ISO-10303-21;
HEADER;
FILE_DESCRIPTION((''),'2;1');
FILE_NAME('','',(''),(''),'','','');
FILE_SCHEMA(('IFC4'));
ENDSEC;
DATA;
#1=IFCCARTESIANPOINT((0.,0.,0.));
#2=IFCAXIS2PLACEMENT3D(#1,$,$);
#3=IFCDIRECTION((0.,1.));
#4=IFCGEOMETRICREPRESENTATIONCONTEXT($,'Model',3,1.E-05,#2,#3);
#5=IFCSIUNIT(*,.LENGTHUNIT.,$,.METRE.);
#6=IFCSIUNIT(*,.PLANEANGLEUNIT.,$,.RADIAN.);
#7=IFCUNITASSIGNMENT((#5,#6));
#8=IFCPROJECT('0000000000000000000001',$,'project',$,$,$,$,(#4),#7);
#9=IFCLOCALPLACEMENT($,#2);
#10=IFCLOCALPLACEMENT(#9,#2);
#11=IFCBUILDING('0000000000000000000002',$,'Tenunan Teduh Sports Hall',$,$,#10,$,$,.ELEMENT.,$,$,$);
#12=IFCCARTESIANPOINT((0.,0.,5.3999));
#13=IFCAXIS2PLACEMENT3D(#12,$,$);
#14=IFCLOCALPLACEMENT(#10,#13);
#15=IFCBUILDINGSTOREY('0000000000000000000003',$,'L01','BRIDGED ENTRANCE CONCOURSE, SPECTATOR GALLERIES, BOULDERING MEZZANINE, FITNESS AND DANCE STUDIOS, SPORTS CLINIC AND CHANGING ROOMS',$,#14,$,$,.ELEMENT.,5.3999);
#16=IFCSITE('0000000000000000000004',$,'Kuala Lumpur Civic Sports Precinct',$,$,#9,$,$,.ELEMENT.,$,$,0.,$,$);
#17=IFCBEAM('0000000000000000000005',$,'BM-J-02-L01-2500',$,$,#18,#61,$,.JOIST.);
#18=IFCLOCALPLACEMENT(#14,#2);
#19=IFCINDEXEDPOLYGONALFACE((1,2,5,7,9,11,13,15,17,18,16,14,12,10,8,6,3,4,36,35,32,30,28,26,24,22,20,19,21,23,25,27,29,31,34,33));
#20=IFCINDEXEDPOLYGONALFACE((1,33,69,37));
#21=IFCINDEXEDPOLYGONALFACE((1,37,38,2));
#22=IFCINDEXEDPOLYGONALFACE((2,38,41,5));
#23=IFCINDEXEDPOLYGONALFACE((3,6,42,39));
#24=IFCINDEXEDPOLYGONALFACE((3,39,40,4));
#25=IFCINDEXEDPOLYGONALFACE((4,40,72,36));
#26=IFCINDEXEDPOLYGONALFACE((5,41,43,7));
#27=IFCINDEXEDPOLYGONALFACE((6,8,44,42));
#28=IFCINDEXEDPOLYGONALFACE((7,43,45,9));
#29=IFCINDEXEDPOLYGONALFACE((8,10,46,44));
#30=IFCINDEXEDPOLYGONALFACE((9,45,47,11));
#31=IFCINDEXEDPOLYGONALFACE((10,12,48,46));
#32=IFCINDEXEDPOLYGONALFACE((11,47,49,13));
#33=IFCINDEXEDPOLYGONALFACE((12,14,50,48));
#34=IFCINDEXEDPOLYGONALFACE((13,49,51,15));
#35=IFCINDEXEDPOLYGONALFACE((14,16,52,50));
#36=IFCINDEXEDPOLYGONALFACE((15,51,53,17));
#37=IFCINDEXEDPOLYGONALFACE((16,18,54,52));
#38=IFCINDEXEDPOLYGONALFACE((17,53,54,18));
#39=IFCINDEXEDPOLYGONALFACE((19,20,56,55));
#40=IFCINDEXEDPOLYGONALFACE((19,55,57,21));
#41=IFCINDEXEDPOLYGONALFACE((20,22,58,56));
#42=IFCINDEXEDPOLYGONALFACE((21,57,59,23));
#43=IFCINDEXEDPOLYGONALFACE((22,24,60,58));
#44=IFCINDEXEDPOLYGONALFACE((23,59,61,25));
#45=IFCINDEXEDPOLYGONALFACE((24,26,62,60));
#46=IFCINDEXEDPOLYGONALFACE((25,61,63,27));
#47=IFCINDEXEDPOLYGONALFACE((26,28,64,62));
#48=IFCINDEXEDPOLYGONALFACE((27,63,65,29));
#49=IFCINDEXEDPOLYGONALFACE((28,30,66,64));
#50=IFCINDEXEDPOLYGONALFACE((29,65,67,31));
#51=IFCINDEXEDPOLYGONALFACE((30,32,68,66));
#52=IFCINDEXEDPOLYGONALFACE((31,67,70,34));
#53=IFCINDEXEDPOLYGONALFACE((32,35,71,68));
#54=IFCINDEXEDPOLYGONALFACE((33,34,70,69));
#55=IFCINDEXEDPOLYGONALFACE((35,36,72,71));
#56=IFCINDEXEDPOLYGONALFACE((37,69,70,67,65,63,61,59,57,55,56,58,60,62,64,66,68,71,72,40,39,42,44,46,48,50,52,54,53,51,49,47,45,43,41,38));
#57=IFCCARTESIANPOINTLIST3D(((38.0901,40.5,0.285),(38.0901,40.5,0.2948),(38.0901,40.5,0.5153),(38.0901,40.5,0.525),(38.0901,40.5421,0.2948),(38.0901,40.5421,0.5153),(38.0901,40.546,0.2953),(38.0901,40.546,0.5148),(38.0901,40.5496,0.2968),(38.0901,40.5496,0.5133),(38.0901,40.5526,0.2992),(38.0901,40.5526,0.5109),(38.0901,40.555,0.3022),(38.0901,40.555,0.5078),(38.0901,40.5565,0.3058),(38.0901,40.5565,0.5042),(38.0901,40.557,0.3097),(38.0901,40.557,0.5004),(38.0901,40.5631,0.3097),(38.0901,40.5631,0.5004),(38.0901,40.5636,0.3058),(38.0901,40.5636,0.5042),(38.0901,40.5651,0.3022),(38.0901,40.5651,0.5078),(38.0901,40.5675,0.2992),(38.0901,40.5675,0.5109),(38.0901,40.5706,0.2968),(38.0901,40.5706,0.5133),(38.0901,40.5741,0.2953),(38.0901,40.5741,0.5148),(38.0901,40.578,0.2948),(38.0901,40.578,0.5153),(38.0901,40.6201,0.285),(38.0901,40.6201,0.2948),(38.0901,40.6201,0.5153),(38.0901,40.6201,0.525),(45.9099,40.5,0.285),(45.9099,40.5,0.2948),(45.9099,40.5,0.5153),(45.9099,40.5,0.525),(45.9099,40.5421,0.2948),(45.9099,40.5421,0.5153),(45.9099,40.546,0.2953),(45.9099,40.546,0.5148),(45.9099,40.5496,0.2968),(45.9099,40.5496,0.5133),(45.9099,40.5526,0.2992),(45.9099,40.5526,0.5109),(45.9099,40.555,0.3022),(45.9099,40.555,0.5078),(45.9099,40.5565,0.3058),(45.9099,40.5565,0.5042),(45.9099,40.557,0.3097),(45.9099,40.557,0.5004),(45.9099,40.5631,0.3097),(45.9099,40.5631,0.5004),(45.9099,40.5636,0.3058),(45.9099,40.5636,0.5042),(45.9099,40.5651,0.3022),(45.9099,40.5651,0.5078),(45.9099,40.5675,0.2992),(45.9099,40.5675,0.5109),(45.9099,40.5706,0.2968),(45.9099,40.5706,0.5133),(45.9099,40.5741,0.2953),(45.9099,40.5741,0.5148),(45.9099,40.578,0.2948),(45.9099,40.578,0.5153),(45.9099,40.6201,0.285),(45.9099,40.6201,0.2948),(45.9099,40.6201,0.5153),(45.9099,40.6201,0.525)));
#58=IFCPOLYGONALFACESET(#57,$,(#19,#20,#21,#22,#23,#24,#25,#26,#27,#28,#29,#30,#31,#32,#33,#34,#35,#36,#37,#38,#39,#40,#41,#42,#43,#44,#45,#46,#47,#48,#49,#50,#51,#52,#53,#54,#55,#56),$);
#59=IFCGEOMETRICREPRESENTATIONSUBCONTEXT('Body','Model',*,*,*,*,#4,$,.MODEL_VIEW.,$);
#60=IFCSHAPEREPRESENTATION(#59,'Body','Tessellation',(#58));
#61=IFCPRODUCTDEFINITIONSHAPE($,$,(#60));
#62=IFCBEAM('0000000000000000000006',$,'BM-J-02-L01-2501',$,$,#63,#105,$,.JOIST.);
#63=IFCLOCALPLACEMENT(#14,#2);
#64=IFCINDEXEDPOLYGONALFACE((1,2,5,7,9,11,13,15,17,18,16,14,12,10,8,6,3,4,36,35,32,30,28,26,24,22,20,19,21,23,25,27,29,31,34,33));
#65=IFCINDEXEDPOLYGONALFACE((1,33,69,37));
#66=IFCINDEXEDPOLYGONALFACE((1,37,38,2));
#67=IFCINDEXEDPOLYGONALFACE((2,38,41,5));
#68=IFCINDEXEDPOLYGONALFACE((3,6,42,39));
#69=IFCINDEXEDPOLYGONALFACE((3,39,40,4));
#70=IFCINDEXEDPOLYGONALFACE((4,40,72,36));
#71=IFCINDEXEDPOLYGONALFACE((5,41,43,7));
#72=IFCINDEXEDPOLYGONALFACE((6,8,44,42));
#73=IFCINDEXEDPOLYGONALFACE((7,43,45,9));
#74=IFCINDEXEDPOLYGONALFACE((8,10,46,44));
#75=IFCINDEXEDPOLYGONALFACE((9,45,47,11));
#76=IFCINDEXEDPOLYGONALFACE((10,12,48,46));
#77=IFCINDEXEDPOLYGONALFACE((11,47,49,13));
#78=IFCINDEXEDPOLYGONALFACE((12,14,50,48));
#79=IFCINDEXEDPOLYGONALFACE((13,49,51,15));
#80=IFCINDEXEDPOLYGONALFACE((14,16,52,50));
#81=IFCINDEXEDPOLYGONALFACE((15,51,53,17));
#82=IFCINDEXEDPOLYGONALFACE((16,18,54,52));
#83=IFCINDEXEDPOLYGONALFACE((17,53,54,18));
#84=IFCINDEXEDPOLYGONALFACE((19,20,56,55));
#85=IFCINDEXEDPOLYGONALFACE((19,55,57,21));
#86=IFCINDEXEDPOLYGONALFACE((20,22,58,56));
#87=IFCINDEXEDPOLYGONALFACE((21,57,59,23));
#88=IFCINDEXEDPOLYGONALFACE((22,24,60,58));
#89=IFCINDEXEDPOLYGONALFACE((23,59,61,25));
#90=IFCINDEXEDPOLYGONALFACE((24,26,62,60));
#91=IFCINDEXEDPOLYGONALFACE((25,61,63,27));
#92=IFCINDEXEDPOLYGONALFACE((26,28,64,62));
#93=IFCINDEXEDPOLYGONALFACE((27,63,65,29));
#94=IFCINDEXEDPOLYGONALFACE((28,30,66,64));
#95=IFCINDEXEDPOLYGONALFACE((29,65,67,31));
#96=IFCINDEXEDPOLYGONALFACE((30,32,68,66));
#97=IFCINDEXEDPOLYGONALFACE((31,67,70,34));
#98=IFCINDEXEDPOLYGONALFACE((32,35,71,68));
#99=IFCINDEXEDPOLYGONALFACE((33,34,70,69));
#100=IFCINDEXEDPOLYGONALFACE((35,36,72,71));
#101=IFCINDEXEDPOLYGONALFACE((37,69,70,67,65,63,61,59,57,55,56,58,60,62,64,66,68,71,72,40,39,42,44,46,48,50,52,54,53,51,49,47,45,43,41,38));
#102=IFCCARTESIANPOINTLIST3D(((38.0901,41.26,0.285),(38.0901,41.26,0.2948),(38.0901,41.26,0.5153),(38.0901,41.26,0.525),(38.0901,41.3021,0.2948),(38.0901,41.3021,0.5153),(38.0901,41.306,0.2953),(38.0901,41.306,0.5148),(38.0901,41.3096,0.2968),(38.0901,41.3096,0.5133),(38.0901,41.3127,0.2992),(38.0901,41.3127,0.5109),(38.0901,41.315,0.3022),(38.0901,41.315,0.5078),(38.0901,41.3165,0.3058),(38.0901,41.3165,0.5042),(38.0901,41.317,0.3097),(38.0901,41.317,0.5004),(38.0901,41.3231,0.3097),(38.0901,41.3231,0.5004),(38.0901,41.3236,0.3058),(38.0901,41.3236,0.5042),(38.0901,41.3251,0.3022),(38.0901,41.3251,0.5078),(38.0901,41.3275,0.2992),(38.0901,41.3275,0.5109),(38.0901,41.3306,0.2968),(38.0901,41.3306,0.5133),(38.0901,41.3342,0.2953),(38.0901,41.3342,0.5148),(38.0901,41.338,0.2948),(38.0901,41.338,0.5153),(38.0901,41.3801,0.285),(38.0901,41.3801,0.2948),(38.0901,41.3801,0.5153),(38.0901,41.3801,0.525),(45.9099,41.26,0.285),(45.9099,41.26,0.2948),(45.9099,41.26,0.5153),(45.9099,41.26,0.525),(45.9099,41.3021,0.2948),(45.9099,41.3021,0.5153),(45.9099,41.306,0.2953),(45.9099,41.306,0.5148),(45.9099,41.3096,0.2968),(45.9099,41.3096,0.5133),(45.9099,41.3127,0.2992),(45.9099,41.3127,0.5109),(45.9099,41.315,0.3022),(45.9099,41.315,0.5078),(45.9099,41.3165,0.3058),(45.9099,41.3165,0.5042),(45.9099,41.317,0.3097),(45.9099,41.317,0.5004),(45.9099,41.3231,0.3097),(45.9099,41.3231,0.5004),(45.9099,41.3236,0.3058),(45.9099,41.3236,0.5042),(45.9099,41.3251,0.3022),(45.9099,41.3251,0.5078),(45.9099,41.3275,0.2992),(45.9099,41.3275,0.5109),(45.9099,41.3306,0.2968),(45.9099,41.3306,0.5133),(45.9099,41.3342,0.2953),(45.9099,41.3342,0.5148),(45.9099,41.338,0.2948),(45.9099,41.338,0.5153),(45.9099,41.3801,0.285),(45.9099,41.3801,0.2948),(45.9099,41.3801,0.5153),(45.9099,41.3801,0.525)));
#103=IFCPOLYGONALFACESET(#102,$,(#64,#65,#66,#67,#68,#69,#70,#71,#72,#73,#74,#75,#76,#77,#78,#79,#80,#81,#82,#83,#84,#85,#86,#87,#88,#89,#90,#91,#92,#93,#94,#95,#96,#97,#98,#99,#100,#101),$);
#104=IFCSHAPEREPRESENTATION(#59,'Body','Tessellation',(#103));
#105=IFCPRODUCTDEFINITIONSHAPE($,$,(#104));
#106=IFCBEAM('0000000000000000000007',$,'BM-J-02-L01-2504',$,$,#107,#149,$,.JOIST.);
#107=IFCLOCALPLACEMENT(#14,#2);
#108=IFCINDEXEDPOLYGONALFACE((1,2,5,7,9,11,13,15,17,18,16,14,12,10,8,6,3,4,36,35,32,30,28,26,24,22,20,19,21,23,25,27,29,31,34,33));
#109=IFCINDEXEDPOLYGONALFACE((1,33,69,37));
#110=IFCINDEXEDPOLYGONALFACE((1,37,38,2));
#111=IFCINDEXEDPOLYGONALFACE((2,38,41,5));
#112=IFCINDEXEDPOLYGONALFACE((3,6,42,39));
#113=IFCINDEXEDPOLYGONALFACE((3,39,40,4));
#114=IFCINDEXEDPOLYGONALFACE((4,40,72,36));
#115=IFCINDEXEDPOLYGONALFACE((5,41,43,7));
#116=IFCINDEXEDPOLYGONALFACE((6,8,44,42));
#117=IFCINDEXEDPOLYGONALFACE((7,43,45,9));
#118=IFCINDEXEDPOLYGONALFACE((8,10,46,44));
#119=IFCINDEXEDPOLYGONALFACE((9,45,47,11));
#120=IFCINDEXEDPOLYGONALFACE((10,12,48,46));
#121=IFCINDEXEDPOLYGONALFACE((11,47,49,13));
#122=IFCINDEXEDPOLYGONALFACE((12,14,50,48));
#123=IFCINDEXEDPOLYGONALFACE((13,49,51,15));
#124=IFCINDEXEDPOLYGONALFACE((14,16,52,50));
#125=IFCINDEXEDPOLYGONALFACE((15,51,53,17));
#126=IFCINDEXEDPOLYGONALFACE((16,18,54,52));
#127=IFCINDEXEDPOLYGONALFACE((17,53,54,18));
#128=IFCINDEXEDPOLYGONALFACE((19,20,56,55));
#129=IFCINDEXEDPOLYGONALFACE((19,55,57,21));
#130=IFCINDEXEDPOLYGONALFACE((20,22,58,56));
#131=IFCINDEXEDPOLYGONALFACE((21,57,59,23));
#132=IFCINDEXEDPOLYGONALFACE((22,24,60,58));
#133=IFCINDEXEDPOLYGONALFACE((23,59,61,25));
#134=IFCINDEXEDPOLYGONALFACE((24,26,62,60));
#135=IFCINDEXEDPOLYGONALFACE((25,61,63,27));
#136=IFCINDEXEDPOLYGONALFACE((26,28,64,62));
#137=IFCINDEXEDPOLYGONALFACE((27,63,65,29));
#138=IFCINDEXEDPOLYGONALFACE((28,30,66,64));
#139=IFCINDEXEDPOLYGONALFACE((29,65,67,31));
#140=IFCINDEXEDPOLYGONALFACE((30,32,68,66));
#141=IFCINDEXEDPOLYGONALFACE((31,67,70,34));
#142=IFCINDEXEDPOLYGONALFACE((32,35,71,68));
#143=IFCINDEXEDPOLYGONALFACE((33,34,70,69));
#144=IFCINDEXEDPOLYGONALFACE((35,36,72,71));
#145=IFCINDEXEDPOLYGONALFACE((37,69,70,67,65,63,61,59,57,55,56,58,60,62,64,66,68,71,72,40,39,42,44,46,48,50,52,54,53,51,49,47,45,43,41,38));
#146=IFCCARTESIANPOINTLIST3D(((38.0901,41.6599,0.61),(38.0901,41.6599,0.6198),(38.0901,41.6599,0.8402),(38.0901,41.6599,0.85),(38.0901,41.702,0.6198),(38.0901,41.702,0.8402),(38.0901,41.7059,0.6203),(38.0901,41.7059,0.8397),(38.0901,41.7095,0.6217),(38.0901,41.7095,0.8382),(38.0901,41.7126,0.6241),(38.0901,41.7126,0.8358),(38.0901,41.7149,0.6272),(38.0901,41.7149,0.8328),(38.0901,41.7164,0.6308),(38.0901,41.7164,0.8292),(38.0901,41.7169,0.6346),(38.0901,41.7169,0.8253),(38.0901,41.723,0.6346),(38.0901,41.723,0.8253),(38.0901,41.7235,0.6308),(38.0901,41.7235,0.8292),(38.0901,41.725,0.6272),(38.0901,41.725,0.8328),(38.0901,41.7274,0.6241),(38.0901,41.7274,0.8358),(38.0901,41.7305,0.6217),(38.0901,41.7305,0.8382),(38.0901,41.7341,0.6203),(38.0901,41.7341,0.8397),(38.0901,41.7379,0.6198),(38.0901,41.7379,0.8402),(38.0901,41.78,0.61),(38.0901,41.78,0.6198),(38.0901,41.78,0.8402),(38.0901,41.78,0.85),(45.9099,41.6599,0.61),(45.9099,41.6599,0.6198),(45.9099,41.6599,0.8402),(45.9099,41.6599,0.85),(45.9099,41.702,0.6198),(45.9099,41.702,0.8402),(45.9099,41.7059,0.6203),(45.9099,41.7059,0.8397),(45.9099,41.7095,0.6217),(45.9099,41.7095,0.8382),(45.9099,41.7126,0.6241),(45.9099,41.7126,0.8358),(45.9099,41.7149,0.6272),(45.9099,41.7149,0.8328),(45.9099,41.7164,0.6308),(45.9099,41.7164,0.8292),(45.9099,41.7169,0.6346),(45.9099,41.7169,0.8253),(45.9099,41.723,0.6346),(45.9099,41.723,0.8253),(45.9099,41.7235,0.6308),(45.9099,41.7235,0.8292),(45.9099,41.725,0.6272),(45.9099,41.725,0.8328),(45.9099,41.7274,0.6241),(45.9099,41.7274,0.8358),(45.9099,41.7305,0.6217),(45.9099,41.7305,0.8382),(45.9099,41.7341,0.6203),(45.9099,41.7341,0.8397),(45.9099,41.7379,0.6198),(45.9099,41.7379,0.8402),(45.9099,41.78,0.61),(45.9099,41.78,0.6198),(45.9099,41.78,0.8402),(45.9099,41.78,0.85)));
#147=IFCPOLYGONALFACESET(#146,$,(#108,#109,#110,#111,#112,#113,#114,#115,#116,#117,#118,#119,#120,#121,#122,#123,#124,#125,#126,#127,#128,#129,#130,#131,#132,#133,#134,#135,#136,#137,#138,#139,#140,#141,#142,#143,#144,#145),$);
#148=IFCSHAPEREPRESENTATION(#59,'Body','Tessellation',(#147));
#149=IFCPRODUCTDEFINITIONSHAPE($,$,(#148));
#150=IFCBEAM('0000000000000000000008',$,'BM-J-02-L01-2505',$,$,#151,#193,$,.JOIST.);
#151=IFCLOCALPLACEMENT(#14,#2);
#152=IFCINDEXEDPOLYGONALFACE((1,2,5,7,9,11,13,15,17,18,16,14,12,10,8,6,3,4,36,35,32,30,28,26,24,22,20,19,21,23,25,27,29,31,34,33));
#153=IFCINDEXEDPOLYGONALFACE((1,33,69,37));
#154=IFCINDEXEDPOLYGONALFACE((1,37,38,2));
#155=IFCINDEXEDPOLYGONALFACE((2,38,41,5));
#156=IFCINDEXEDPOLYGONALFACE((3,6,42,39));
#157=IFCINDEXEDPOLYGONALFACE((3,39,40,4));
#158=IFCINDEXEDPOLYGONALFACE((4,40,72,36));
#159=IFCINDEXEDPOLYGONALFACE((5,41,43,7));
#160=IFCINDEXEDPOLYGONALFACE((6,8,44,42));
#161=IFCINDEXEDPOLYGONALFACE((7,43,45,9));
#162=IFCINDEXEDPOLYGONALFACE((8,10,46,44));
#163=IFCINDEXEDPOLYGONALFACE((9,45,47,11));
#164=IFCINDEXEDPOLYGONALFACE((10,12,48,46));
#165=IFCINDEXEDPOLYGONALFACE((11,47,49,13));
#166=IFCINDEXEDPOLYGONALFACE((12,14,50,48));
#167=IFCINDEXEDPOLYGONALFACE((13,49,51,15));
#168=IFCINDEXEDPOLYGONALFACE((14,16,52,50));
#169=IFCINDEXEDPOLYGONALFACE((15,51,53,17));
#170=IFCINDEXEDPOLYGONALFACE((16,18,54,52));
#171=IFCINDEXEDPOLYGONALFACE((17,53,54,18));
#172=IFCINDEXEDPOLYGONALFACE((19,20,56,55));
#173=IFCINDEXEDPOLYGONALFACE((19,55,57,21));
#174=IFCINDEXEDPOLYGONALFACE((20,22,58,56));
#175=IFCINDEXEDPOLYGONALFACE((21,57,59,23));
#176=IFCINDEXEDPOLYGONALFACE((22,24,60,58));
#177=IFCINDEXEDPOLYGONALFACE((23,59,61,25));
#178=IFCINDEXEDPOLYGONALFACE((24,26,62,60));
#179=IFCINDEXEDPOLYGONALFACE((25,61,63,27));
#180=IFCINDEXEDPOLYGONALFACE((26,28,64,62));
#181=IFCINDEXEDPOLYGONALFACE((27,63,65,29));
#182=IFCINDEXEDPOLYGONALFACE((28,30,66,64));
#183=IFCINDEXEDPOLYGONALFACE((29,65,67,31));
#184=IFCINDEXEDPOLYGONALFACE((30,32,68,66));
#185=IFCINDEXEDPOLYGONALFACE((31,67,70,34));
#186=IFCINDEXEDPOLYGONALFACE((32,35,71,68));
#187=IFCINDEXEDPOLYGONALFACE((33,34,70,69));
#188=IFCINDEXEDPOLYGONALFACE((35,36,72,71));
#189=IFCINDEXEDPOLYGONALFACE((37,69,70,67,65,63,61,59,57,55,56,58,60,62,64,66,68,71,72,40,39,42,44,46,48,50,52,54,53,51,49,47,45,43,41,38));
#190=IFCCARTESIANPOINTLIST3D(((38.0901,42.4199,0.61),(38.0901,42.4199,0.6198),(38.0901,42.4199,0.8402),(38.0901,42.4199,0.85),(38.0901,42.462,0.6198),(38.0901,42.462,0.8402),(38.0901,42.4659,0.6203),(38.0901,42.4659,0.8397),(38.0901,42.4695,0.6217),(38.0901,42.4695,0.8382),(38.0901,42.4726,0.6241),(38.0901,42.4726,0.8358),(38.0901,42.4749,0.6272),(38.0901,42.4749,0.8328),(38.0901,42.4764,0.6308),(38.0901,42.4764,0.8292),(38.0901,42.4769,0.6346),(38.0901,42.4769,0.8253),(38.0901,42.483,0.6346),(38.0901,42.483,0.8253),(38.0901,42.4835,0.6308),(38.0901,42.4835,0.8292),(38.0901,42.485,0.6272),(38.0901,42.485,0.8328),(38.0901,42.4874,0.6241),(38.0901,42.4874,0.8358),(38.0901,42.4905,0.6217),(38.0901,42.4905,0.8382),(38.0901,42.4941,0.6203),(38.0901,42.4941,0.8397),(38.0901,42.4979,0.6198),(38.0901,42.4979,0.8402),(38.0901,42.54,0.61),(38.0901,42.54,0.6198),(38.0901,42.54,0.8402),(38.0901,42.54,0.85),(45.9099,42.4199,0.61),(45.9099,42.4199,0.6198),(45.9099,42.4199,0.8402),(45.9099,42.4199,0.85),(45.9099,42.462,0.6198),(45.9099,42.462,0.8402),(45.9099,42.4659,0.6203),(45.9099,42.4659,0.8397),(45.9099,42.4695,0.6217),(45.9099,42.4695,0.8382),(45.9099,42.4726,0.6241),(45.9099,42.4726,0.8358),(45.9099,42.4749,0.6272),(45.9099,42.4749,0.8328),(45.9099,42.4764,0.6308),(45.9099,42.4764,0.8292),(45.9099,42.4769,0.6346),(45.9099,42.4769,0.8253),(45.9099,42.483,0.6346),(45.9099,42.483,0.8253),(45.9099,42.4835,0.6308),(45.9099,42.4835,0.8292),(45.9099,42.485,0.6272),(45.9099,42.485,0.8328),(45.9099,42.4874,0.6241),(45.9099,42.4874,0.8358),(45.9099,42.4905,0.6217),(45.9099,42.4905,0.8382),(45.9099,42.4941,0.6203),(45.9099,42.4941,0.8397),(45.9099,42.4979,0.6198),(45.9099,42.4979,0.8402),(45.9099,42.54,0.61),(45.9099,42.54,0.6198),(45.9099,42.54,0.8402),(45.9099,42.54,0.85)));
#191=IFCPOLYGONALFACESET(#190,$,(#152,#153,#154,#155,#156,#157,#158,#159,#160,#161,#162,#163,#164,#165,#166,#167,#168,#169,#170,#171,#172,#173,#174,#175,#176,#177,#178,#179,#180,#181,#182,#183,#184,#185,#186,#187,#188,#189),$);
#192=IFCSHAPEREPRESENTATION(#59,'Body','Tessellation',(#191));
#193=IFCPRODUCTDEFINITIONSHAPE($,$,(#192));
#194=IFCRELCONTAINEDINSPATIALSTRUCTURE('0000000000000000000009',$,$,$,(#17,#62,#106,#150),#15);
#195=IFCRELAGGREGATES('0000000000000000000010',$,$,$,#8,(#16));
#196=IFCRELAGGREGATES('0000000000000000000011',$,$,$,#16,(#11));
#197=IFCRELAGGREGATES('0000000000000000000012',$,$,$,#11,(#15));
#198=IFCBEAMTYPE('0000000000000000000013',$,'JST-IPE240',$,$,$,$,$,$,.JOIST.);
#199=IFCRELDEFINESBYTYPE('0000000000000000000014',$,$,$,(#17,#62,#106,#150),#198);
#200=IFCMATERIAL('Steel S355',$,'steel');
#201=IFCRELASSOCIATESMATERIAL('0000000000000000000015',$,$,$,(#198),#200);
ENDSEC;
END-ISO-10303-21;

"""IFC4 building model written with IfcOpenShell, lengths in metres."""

from ifc_helpers import new_model, si_unit, direction, frame, origin, origin_2d, place, context, subcontext, project, spatial, i_section, extrude, material, material_profile, profile_set, type_object, element, save


model = new_model("IFC4")

# Units and contexts
model_context = context("Model", 3, precision=1e-05, world=origin(), true_north=direction((0.0, 1.0)))
body_context = subcontext(model_context, "Body", "Model", "MODEL_VIEW")
ifc_project = project(units=[si_unit("LENGTHUNIT", "METRE"), si_unit("PLANEANGLEUNIT", "RADIAN")], contexts=[model_context])

# Site, building, storey
site_placement = place(None, origin())
site = spatial("IfcSite", under=ifc_project, at=site_placement, Name="Kuala Lumpur Civic Sports Precinct", CompositionType="ELEMENT", RefElevation=0.0)
building_placement = place(site_placement, origin())
building = spatial("IfcBuilding", under=site, at=building_placement, Name="Tenunan Teduh Sports Hall", CompositionType="ELEMENT")
storey_placement = place(building_placement, frame((0.0, 0.0, 5.3999)))
storey = spatial("IfcBuildingStorey", under=building, at=storey_placement, Name="L01", Description="BRIDGED ENTRANCE CONCOURSE, SPECTATOR GALLERIES, BOULDERING MEZZANINE, FITNESS AND DANCE STUDIOS, SPORTS CLINIC AND CHANGING ROOMS", CompositionType="ELEMENT", Elevation=5.3999)

# Beams
ifc_material_1 = material(Name="Steel S355", Category="steel")
ifc_material_profile_1 = material_profile(ifc_material_1, i_section(OverallWidth=0.1201, OverallDepth=0.24, WebThickness=0.0061, FlangeThickness=0.0098, FilletRadius=0.0149, at=origin_2d()), Name="IPE 240")
ifc_profile_set_1 = profile_set([ifc_material_profile_1], Name="Steel S355")
beam_type_1 = type_object("IfcBeamType", Name="JST-IPE240", PredefinedType="JOIST", material=ifc_profile_set_1)
for number, where, z_axis, x_axis, name in (
    (1, (38.0901, 40.5601, 0.405), (1.0, 0.0, 0.0), (0.0, 1.0, 0.0), "BM-J-02-L01-2500"),
    (2, (38.0901, 41.3201, 0.405), (1.0, 0.0, 0.0), (0.0, 1.0, 0.0), "BM-J-02-L01-2501"),
    (3, (38.0901, 41.72, 0.73), (1.0, 0.0, 0.0), (0.0, 1.0, 0.0), "BM-J-02-L01-2504"),
    (4, (38.0901, 42.48, 0.73), (1.0, 0.0, 0.0), (0.0, 1.0, 0.0), "BM-J-02-L01-2505"),
):
    element("IfcBeam", number, at=place(storey_placement, frame(where, z_axis=z_axis, x_axis=x_axis)), inside=storey, type_object=beam_type_1, Name=name, PredefinedType="JOIST", context=body_context, shape_type="SweptSolid", body=[
        extrude(i_section(OverallWidth=0.1201, OverallDepth=0.24, WebThickness=0.0061, FlangeThickness=0.0098, FilletRadius=0.0149, at=origin_2d()), origin(), (0.0, 0.0, 1.0), 7.8198),
    ])

save(model, "model.ifc")
